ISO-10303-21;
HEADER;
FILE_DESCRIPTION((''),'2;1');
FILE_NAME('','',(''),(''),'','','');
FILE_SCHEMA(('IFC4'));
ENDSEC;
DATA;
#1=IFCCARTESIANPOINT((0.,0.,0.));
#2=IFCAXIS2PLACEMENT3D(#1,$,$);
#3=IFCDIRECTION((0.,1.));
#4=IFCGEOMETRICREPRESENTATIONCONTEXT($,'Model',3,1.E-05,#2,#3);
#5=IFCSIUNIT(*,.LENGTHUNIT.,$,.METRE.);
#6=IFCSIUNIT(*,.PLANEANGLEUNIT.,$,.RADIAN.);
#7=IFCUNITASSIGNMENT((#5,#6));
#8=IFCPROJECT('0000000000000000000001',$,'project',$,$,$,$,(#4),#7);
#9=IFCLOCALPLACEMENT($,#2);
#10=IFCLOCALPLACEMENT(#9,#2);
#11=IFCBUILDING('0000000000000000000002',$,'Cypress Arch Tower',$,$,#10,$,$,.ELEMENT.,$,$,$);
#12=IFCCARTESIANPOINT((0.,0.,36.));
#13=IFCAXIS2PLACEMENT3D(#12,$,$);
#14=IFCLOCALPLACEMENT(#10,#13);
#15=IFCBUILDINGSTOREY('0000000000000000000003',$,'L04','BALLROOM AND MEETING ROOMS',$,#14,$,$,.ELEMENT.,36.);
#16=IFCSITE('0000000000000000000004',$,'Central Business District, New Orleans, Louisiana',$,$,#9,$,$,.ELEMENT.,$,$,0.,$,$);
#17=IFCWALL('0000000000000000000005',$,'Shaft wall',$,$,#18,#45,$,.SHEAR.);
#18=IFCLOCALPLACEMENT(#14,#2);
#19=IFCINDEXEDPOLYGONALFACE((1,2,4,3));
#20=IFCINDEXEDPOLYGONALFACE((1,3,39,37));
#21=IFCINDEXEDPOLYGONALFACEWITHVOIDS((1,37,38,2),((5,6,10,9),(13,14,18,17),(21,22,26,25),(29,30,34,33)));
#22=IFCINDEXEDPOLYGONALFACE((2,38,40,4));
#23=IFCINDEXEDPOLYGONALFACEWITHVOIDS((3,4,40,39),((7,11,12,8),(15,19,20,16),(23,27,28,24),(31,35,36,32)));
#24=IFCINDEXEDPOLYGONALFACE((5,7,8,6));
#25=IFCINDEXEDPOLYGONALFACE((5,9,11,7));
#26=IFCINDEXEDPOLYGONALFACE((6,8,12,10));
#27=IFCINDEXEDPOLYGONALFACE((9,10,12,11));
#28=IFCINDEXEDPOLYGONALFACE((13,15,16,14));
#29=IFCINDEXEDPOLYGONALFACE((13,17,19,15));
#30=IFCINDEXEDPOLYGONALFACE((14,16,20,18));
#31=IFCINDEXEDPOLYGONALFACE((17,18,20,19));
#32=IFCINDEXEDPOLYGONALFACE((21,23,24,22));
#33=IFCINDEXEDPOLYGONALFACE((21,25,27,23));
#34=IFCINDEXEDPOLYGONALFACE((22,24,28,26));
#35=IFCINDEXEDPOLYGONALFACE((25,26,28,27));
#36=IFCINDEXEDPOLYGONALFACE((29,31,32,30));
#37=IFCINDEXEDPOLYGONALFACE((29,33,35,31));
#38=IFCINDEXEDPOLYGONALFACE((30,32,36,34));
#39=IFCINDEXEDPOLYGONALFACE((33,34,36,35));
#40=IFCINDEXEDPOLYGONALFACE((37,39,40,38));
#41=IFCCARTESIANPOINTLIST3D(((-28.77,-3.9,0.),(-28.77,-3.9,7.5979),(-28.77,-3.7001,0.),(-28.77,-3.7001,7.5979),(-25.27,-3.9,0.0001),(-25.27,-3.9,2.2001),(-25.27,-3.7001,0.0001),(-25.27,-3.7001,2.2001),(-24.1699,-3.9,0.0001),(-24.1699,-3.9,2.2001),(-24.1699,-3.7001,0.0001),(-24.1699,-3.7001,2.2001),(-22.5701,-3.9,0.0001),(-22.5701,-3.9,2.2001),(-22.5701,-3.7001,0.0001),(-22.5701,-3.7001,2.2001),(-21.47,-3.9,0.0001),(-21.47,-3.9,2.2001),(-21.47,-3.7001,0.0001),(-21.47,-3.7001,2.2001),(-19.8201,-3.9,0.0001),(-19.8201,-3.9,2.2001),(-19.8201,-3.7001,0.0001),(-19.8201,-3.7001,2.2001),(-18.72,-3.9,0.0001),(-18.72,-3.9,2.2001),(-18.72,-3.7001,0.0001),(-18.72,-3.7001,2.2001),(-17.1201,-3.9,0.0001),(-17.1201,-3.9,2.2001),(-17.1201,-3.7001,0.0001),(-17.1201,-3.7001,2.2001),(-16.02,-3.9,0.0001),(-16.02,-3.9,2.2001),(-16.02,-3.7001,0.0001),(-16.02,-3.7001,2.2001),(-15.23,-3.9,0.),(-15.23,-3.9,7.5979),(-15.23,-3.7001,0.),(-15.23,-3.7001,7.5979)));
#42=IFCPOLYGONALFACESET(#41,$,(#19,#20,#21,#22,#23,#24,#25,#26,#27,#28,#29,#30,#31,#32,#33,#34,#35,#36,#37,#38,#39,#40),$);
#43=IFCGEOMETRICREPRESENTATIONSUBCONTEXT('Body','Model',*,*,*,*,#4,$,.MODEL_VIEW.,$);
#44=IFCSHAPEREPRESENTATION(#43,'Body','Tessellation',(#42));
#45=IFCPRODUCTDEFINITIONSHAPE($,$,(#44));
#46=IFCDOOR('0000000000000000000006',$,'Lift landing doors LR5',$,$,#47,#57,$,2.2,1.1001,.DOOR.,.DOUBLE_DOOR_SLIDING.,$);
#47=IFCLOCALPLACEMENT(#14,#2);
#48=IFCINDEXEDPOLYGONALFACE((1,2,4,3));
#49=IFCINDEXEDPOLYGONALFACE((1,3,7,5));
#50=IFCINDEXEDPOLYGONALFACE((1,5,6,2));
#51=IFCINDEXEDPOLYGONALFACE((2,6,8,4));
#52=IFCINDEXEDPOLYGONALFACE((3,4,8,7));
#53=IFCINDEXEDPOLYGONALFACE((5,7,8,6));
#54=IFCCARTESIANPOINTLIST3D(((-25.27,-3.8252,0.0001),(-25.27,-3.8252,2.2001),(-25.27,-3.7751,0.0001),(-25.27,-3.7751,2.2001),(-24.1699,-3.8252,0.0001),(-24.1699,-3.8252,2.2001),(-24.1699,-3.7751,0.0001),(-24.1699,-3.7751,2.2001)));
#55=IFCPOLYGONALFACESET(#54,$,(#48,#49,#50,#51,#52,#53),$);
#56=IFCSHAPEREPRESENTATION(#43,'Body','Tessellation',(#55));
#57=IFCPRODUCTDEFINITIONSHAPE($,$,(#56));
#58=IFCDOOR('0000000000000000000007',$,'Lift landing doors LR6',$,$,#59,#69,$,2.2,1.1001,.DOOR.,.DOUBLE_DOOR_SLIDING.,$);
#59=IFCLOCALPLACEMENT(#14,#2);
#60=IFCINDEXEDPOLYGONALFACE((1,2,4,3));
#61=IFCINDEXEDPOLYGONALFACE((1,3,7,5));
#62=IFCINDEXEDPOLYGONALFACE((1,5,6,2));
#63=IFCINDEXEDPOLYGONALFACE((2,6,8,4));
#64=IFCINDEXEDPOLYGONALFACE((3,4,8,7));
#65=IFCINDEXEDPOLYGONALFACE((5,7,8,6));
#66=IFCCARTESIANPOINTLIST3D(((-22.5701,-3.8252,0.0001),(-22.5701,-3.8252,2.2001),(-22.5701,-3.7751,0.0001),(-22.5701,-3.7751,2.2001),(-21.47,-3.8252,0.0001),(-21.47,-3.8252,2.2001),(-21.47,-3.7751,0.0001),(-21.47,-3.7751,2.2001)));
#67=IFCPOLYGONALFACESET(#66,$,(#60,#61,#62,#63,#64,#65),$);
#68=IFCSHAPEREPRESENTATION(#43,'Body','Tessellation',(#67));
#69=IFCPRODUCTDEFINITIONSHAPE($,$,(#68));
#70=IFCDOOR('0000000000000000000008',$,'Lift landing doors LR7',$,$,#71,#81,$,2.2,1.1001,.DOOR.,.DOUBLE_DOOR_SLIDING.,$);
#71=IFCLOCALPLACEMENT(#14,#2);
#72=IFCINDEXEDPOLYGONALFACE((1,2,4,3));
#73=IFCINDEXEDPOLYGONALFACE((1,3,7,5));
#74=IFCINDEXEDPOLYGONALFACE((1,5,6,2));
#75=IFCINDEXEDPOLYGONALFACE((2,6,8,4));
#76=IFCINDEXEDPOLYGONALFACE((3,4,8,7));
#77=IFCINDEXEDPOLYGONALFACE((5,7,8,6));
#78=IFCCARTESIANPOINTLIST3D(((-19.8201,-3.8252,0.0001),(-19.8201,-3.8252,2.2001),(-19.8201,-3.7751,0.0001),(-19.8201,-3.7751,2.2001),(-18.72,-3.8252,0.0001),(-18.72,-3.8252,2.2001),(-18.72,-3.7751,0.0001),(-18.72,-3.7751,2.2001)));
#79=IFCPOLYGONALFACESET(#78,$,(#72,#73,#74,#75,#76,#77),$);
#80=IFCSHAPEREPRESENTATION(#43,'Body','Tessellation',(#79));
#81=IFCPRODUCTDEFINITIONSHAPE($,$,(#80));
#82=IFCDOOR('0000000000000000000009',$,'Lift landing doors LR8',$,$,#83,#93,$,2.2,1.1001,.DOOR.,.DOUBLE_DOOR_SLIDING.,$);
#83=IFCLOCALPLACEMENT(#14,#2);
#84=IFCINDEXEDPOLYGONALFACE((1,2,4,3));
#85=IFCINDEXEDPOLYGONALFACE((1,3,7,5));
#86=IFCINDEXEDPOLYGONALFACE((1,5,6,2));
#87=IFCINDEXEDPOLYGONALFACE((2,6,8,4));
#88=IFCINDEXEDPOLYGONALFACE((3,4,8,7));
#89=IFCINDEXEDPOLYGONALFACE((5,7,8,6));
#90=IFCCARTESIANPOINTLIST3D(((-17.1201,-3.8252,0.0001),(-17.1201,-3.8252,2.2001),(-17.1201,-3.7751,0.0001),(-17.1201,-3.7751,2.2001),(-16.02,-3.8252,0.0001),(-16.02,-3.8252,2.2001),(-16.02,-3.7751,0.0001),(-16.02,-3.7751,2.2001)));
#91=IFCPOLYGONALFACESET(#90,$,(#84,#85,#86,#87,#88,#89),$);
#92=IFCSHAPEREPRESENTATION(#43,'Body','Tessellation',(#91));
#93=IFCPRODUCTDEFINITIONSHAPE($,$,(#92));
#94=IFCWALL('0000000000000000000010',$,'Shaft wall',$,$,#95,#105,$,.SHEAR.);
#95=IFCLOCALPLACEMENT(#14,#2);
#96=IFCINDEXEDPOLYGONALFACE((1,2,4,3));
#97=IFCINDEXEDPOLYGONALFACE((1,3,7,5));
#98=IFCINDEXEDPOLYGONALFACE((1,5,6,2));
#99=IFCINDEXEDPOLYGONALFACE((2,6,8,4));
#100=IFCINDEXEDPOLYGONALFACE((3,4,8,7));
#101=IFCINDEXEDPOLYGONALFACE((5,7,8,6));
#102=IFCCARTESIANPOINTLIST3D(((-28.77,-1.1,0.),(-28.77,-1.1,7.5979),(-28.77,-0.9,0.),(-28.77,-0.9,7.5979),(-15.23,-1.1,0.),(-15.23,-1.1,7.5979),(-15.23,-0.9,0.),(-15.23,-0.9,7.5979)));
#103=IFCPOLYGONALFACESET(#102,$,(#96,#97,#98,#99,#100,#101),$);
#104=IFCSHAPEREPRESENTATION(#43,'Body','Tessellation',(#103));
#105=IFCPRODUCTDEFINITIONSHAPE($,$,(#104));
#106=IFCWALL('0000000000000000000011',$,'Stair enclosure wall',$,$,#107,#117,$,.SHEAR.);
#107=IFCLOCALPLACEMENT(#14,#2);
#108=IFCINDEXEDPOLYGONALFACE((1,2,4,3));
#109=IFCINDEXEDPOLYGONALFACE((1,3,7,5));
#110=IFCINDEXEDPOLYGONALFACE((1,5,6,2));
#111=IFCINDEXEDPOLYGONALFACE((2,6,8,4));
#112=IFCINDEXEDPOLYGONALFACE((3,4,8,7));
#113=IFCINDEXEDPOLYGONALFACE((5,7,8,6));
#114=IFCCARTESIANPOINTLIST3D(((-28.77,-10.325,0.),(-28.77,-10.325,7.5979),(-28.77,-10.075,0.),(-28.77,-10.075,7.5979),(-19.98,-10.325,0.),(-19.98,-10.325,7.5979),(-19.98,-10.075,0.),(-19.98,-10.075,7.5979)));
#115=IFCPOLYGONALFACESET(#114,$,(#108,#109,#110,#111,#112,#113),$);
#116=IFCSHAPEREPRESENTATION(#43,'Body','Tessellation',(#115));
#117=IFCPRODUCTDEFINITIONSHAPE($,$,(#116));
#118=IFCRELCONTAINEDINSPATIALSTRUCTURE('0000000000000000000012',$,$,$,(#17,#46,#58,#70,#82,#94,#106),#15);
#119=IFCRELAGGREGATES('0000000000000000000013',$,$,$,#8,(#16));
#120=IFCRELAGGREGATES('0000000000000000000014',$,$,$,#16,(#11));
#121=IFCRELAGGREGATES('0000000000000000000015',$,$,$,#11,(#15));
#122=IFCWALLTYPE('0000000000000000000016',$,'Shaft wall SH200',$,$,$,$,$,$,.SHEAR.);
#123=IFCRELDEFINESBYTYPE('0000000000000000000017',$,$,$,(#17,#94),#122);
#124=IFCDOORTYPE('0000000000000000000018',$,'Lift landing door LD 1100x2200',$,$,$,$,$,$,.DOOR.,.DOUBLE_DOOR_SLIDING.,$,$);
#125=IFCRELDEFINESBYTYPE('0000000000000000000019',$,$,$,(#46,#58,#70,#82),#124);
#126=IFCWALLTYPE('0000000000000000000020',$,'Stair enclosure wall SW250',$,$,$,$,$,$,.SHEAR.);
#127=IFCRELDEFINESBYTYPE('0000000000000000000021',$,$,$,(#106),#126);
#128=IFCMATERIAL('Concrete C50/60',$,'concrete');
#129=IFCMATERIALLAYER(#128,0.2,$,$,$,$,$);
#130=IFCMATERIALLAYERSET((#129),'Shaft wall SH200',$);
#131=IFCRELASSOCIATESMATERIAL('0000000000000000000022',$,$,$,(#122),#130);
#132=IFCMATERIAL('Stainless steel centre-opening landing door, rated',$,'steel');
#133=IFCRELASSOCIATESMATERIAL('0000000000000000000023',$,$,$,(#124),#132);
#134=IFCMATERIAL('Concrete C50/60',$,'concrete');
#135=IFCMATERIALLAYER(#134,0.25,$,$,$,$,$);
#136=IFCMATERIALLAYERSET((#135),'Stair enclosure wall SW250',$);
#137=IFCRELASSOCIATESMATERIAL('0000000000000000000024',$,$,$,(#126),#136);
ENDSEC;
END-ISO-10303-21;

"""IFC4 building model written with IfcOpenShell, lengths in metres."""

from ifc_helpers import new_model, si_unit, direction, frame, frame_2d, origin, place, context, subcontext, project, spatial, rectangle, extrude, material, layer, layer_set, type_object, element, fill, save


model = new_model("IFC4")

# Units and contexts
model_context = context("Model", 3, precision=1e-05, world=origin(), true_north=direction((0.0, 1.0)))
body_context = subcontext(model_context, "Body", "Model", "MODEL_VIEW")
ifc_project = project(units=[si_unit("LENGTHUNIT", "METRE"), si_unit("PLANEANGLEUNIT", "RADIAN")], contexts=[model_context])

# Site, building, storey
site_placement = place(None, origin())
site = spatial("IfcSite", under=ifc_project, at=site_placement, Name="Central Business District, New Orleans, Louisiana", CompositionType="ELEMENT", RefElevation=0.0)
building_placement = place(site_placement, origin())
building = spatial("IfcBuilding", under=site, at=building_placement, Name="Cypress Arch Tower", CompositionType="ELEMENT")
storey_placement = place(building_placement, frame((0.0, 0.0, 36.0)))
storey = spatial("IfcBuildingStorey", under=building, at=storey_placement, Name="L04", Description="BALLROOM AND MEETING ROOMS", CompositionType="ELEMENT", Elevation=36.0)

# Wall, openings, doors
ifc_material_1 = material(Name="Concrete C50/60", Category="concrete")
ifc_layer_1 = layer(ifc_material_1, 0.2)
ifc_layer_set_1 = layer_set([ifc_layer_1], Name="Shaft wall SH200")
wall_type_1 = type_object("IfcWallType", Name="Shaft wall SH200", PredefinedType="SHEAR", material=ifc_layer_set_1)
ifc_material_2 = material(Name="Stainless steel centre-opening landing door, rated", Category="steel")
door_type = type_object("IfcDoorType", Name="Lift landing door LD 1100x2200", OperationType="DOUBLE_DOOR_SLIDING", PredefinedType="DOOR", material=ifc_material_2)
wall_1_placement = place(storey_placement, frame((-28.77, -3.8, 0.0), z_axis=(0.0, 0.0, 1.0), x_axis=(1.0, 0.0, 0.0)))
wall_1 = element("IfcWall", 1, at=wall_1_placement, inside=storey, type_object=wall_type_1, Name="Shaft wall", PredefinedType="SHEAR", context=body_context, shape_type="SweptSolid", body=[
    extrude(rectangle(XDim=13.54, YDim=0.2, at=frame_2d((6.77, 0.0))), origin(), (0.0, 0.0, 1.0), 7.5979),
])
opening_1_placement = place(wall_1_placement, frame((3.5, 0.0, 0.0)))
opening_1 = element("IfcOpeningElement", 2, at=opening_1_placement, cuts=wall_1, PredefinedType="OPENING", context=body_context, shape_type="SweptSolid", body=[
    extrude(rectangle(XDim=1.1001, YDim=2.2, at=frame_2d((0.55, 1.1001))), frame((0.0, 0.1099, 0.0), z_axis=(0.0, -1.0, 0.0), x_axis=(1.0, 0.0, 0.0)), (0.0, 0.0, 1.0), 0.22),
])
opening_2_placement = place(wall_1_placement, frame((6.2, 0.0, 0.0)))
opening_2 = element("IfcOpeningElement", 3, at=opening_2_placement, cuts=wall_1, PredefinedType="OPENING", context=body_context, shape_type="SweptSolid", body=[
    extrude(rectangle(XDim=1.1001, YDim=2.2, at=frame_2d((0.55, 1.1001))), frame((0.0, 0.1099, 0.0), z_axis=(0.0, -1.0, 0.0), x_axis=(1.0, 0.0, 0.0)), (0.0, 0.0, 1.0), 0.22),
])
opening_3_placement = place(wall_1_placement, frame((8.95, 0.0, 0.0)))
opening_3 = element("IfcOpeningElement", 4, at=opening_3_placement, cuts=wall_1, PredefinedType="OPENING", context=body_context, shape_type="SweptSolid", body=[
    extrude(rectangle(XDim=1.1001, YDim=2.2, at=frame_2d((0.55, 1.1001))), frame((0.0, 0.1099, 0.0), z_axis=(0.0, -1.0, 0.0), x_axis=(1.0, 0.0, 0.0)), (0.0, 0.0, 1.0), 0.22),
])
opening_4_placement = place(wall_1_placement, frame((11.6499, 0.0, 0.0)))
opening_4 = element("IfcOpeningElement", 5, at=opening_4_placement, cuts=wall_1, PredefinedType="OPENING", context=body_context, shape_type="SweptSolid", body=[
    extrude(rectangle(XDim=1.1001, YDim=2.2, at=frame_2d((0.55, 1.1001))), frame((0.0, 0.1099, 0.0), z_axis=(0.0, -1.0, 0.0), x_axis=(1.0, 0.0, 0.0)), (0.0, 0.0, 1.0), 0.22),
])
door_1_placement = place(opening_1_placement, origin())
door_1 = element("IfcDoor", 6, at=door_1_placement, inside=storey, type_object=door_type, Name="Lift landing doors LR5", OperationType="DOUBLE_DOOR_SLIDING", OverallHeight=2.2, OverallWidth=1.1001, PredefinedType="DOOR", context=body_context, shape_type="SweptSolid", body=[
    extrude(rectangle(XDim=1.1001, YDim=2.2, at=frame_2d((0.55, 1.1001))), frame((0.0, 0.0249, 0.0), z_axis=(0.0, -1.0, 0.0), x_axis=(1.0, 0.0, 0.0)), (0.0, 0.0, 1.0), 0.05),
])
fill(opening_1, door_1)
door_2_placement = place(opening_2_placement, origin())
door_2 = element("IfcDoor", 7, at=door_2_placement, inside=storey, type_object=door_type, Name="Lift landing doors LR6", OperationType="DOUBLE_DOOR_SLIDING", OverallHeight=2.2, OverallWidth=1.1001, PredefinedType="DOOR", context=body_context, shape_type="SweptSolid", body=[
    extrude(rectangle(XDim=1.1001, YDim=2.2, at=frame_2d((0.55, 1.1001))), frame((0.0, 0.0249, 0.0), z_axis=(0.0, -1.0, 0.0), x_axis=(1.0, 0.0, 0.0)), (0.0, 0.0, 1.0), 0.05),
])
fill(opening_2, door_2)
door_3_placement = place(opening_3_placement, origin())
door_3 = element("IfcDoor", 8, at=door_3_placement, inside=storey, type_object=door_type, Name="Lift landing doors LR7", OperationType="DOUBLE_DOOR_SLIDING", OverallHeight=2.2, OverallWidth=1.1001, PredefinedType="DOOR", context=body_context, shape_type="SweptSolid", body=[
    extrude(rectangle(XDim=1.1001, YDim=2.2, at=frame_2d((0.55, 1.1001))), frame((0.0, 0.0249, 0.0), z_axis=(0.0, -1.0, 0.0), x_axis=(1.0, 0.0, 0.0)), (0.0, 0.0, 1.0), 0.05),
])
fill(opening_3, door_3)
door_4_placement = place(opening_4_placement, origin())
door_4 = element("IfcDoor", 9, at=door_4_placement, inside=storey, type_object=door_type, Name="Lift landing doors LR8", OperationType="DOUBLE_DOOR_SLIDING", OverallHeight=2.2, OverallWidth=1.1001, PredefinedType="DOOR", context=body_context, shape_type="SweptSolid", body=[
    extrude(rectangle(XDim=1.1001, YDim=2.2, at=frame_2d((0.55, 1.1001))), frame((0.0, 0.0249, 0.0), z_axis=(0.0, -1.0, 0.0), x_axis=(1.0, 0.0, 0.0)), (0.0, 0.0, 1.0), 0.05),
])
fill(opening_4, door_4)

# Walls
wall_2_placement = place(storey_placement, frame((-28.77, -1.0, 0.0), z_axis=(0.0, 0.0, 1.0), x_axis=(1.0, 0.0, 0.0)))
element("IfcWall", 10, at=wall_2_placement, inside=storey, type_object=wall_type_1, Name="Shaft wall", PredefinedType="SHEAR", context=body_context, shape_type="SweptSolid", body=[
    extrude(rectangle(XDim=13.54, YDim=0.2, at=frame_2d((6.77, 0.0))), origin(), (0.0, 0.0, 1.0), 7.5979),
])
ifc_material_3 = material(Name="Concrete C50/60", Category="concrete")
ifc_layer_2 = layer(ifc_material_3, 0.25)
ifc_layer_set_2 = layer_set([ifc_layer_2], Name="Stair enclosure wall SW250")
wall_type_2 = type_object("IfcWallType", Name="Stair enclosure wall SW250", PredefinedType="SHEAR", material=ifc_layer_set_2)
wall_3_placement = place(storey_placement, frame((-28.77, -10.2, 0.0), z_axis=(0.0, 0.0, 1.0), x_axis=(1.0, 0.0, 0.0)))
element("IfcWall", 11, at=wall_3_placement, inside=storey, type_object=wall_type_2, Name="Stair enclosure wall", PredefinedType="SHEAR", context=body_context, shape_type="SweptSolid", body=[
    extrude(rectangle(XDim=8.79, YDim=0.25, at=frame_2d((4.395, 0.0))), origin(), (0.0, 0.0, 1.0), 7.5979),
])

save(model, "model.ifc")
